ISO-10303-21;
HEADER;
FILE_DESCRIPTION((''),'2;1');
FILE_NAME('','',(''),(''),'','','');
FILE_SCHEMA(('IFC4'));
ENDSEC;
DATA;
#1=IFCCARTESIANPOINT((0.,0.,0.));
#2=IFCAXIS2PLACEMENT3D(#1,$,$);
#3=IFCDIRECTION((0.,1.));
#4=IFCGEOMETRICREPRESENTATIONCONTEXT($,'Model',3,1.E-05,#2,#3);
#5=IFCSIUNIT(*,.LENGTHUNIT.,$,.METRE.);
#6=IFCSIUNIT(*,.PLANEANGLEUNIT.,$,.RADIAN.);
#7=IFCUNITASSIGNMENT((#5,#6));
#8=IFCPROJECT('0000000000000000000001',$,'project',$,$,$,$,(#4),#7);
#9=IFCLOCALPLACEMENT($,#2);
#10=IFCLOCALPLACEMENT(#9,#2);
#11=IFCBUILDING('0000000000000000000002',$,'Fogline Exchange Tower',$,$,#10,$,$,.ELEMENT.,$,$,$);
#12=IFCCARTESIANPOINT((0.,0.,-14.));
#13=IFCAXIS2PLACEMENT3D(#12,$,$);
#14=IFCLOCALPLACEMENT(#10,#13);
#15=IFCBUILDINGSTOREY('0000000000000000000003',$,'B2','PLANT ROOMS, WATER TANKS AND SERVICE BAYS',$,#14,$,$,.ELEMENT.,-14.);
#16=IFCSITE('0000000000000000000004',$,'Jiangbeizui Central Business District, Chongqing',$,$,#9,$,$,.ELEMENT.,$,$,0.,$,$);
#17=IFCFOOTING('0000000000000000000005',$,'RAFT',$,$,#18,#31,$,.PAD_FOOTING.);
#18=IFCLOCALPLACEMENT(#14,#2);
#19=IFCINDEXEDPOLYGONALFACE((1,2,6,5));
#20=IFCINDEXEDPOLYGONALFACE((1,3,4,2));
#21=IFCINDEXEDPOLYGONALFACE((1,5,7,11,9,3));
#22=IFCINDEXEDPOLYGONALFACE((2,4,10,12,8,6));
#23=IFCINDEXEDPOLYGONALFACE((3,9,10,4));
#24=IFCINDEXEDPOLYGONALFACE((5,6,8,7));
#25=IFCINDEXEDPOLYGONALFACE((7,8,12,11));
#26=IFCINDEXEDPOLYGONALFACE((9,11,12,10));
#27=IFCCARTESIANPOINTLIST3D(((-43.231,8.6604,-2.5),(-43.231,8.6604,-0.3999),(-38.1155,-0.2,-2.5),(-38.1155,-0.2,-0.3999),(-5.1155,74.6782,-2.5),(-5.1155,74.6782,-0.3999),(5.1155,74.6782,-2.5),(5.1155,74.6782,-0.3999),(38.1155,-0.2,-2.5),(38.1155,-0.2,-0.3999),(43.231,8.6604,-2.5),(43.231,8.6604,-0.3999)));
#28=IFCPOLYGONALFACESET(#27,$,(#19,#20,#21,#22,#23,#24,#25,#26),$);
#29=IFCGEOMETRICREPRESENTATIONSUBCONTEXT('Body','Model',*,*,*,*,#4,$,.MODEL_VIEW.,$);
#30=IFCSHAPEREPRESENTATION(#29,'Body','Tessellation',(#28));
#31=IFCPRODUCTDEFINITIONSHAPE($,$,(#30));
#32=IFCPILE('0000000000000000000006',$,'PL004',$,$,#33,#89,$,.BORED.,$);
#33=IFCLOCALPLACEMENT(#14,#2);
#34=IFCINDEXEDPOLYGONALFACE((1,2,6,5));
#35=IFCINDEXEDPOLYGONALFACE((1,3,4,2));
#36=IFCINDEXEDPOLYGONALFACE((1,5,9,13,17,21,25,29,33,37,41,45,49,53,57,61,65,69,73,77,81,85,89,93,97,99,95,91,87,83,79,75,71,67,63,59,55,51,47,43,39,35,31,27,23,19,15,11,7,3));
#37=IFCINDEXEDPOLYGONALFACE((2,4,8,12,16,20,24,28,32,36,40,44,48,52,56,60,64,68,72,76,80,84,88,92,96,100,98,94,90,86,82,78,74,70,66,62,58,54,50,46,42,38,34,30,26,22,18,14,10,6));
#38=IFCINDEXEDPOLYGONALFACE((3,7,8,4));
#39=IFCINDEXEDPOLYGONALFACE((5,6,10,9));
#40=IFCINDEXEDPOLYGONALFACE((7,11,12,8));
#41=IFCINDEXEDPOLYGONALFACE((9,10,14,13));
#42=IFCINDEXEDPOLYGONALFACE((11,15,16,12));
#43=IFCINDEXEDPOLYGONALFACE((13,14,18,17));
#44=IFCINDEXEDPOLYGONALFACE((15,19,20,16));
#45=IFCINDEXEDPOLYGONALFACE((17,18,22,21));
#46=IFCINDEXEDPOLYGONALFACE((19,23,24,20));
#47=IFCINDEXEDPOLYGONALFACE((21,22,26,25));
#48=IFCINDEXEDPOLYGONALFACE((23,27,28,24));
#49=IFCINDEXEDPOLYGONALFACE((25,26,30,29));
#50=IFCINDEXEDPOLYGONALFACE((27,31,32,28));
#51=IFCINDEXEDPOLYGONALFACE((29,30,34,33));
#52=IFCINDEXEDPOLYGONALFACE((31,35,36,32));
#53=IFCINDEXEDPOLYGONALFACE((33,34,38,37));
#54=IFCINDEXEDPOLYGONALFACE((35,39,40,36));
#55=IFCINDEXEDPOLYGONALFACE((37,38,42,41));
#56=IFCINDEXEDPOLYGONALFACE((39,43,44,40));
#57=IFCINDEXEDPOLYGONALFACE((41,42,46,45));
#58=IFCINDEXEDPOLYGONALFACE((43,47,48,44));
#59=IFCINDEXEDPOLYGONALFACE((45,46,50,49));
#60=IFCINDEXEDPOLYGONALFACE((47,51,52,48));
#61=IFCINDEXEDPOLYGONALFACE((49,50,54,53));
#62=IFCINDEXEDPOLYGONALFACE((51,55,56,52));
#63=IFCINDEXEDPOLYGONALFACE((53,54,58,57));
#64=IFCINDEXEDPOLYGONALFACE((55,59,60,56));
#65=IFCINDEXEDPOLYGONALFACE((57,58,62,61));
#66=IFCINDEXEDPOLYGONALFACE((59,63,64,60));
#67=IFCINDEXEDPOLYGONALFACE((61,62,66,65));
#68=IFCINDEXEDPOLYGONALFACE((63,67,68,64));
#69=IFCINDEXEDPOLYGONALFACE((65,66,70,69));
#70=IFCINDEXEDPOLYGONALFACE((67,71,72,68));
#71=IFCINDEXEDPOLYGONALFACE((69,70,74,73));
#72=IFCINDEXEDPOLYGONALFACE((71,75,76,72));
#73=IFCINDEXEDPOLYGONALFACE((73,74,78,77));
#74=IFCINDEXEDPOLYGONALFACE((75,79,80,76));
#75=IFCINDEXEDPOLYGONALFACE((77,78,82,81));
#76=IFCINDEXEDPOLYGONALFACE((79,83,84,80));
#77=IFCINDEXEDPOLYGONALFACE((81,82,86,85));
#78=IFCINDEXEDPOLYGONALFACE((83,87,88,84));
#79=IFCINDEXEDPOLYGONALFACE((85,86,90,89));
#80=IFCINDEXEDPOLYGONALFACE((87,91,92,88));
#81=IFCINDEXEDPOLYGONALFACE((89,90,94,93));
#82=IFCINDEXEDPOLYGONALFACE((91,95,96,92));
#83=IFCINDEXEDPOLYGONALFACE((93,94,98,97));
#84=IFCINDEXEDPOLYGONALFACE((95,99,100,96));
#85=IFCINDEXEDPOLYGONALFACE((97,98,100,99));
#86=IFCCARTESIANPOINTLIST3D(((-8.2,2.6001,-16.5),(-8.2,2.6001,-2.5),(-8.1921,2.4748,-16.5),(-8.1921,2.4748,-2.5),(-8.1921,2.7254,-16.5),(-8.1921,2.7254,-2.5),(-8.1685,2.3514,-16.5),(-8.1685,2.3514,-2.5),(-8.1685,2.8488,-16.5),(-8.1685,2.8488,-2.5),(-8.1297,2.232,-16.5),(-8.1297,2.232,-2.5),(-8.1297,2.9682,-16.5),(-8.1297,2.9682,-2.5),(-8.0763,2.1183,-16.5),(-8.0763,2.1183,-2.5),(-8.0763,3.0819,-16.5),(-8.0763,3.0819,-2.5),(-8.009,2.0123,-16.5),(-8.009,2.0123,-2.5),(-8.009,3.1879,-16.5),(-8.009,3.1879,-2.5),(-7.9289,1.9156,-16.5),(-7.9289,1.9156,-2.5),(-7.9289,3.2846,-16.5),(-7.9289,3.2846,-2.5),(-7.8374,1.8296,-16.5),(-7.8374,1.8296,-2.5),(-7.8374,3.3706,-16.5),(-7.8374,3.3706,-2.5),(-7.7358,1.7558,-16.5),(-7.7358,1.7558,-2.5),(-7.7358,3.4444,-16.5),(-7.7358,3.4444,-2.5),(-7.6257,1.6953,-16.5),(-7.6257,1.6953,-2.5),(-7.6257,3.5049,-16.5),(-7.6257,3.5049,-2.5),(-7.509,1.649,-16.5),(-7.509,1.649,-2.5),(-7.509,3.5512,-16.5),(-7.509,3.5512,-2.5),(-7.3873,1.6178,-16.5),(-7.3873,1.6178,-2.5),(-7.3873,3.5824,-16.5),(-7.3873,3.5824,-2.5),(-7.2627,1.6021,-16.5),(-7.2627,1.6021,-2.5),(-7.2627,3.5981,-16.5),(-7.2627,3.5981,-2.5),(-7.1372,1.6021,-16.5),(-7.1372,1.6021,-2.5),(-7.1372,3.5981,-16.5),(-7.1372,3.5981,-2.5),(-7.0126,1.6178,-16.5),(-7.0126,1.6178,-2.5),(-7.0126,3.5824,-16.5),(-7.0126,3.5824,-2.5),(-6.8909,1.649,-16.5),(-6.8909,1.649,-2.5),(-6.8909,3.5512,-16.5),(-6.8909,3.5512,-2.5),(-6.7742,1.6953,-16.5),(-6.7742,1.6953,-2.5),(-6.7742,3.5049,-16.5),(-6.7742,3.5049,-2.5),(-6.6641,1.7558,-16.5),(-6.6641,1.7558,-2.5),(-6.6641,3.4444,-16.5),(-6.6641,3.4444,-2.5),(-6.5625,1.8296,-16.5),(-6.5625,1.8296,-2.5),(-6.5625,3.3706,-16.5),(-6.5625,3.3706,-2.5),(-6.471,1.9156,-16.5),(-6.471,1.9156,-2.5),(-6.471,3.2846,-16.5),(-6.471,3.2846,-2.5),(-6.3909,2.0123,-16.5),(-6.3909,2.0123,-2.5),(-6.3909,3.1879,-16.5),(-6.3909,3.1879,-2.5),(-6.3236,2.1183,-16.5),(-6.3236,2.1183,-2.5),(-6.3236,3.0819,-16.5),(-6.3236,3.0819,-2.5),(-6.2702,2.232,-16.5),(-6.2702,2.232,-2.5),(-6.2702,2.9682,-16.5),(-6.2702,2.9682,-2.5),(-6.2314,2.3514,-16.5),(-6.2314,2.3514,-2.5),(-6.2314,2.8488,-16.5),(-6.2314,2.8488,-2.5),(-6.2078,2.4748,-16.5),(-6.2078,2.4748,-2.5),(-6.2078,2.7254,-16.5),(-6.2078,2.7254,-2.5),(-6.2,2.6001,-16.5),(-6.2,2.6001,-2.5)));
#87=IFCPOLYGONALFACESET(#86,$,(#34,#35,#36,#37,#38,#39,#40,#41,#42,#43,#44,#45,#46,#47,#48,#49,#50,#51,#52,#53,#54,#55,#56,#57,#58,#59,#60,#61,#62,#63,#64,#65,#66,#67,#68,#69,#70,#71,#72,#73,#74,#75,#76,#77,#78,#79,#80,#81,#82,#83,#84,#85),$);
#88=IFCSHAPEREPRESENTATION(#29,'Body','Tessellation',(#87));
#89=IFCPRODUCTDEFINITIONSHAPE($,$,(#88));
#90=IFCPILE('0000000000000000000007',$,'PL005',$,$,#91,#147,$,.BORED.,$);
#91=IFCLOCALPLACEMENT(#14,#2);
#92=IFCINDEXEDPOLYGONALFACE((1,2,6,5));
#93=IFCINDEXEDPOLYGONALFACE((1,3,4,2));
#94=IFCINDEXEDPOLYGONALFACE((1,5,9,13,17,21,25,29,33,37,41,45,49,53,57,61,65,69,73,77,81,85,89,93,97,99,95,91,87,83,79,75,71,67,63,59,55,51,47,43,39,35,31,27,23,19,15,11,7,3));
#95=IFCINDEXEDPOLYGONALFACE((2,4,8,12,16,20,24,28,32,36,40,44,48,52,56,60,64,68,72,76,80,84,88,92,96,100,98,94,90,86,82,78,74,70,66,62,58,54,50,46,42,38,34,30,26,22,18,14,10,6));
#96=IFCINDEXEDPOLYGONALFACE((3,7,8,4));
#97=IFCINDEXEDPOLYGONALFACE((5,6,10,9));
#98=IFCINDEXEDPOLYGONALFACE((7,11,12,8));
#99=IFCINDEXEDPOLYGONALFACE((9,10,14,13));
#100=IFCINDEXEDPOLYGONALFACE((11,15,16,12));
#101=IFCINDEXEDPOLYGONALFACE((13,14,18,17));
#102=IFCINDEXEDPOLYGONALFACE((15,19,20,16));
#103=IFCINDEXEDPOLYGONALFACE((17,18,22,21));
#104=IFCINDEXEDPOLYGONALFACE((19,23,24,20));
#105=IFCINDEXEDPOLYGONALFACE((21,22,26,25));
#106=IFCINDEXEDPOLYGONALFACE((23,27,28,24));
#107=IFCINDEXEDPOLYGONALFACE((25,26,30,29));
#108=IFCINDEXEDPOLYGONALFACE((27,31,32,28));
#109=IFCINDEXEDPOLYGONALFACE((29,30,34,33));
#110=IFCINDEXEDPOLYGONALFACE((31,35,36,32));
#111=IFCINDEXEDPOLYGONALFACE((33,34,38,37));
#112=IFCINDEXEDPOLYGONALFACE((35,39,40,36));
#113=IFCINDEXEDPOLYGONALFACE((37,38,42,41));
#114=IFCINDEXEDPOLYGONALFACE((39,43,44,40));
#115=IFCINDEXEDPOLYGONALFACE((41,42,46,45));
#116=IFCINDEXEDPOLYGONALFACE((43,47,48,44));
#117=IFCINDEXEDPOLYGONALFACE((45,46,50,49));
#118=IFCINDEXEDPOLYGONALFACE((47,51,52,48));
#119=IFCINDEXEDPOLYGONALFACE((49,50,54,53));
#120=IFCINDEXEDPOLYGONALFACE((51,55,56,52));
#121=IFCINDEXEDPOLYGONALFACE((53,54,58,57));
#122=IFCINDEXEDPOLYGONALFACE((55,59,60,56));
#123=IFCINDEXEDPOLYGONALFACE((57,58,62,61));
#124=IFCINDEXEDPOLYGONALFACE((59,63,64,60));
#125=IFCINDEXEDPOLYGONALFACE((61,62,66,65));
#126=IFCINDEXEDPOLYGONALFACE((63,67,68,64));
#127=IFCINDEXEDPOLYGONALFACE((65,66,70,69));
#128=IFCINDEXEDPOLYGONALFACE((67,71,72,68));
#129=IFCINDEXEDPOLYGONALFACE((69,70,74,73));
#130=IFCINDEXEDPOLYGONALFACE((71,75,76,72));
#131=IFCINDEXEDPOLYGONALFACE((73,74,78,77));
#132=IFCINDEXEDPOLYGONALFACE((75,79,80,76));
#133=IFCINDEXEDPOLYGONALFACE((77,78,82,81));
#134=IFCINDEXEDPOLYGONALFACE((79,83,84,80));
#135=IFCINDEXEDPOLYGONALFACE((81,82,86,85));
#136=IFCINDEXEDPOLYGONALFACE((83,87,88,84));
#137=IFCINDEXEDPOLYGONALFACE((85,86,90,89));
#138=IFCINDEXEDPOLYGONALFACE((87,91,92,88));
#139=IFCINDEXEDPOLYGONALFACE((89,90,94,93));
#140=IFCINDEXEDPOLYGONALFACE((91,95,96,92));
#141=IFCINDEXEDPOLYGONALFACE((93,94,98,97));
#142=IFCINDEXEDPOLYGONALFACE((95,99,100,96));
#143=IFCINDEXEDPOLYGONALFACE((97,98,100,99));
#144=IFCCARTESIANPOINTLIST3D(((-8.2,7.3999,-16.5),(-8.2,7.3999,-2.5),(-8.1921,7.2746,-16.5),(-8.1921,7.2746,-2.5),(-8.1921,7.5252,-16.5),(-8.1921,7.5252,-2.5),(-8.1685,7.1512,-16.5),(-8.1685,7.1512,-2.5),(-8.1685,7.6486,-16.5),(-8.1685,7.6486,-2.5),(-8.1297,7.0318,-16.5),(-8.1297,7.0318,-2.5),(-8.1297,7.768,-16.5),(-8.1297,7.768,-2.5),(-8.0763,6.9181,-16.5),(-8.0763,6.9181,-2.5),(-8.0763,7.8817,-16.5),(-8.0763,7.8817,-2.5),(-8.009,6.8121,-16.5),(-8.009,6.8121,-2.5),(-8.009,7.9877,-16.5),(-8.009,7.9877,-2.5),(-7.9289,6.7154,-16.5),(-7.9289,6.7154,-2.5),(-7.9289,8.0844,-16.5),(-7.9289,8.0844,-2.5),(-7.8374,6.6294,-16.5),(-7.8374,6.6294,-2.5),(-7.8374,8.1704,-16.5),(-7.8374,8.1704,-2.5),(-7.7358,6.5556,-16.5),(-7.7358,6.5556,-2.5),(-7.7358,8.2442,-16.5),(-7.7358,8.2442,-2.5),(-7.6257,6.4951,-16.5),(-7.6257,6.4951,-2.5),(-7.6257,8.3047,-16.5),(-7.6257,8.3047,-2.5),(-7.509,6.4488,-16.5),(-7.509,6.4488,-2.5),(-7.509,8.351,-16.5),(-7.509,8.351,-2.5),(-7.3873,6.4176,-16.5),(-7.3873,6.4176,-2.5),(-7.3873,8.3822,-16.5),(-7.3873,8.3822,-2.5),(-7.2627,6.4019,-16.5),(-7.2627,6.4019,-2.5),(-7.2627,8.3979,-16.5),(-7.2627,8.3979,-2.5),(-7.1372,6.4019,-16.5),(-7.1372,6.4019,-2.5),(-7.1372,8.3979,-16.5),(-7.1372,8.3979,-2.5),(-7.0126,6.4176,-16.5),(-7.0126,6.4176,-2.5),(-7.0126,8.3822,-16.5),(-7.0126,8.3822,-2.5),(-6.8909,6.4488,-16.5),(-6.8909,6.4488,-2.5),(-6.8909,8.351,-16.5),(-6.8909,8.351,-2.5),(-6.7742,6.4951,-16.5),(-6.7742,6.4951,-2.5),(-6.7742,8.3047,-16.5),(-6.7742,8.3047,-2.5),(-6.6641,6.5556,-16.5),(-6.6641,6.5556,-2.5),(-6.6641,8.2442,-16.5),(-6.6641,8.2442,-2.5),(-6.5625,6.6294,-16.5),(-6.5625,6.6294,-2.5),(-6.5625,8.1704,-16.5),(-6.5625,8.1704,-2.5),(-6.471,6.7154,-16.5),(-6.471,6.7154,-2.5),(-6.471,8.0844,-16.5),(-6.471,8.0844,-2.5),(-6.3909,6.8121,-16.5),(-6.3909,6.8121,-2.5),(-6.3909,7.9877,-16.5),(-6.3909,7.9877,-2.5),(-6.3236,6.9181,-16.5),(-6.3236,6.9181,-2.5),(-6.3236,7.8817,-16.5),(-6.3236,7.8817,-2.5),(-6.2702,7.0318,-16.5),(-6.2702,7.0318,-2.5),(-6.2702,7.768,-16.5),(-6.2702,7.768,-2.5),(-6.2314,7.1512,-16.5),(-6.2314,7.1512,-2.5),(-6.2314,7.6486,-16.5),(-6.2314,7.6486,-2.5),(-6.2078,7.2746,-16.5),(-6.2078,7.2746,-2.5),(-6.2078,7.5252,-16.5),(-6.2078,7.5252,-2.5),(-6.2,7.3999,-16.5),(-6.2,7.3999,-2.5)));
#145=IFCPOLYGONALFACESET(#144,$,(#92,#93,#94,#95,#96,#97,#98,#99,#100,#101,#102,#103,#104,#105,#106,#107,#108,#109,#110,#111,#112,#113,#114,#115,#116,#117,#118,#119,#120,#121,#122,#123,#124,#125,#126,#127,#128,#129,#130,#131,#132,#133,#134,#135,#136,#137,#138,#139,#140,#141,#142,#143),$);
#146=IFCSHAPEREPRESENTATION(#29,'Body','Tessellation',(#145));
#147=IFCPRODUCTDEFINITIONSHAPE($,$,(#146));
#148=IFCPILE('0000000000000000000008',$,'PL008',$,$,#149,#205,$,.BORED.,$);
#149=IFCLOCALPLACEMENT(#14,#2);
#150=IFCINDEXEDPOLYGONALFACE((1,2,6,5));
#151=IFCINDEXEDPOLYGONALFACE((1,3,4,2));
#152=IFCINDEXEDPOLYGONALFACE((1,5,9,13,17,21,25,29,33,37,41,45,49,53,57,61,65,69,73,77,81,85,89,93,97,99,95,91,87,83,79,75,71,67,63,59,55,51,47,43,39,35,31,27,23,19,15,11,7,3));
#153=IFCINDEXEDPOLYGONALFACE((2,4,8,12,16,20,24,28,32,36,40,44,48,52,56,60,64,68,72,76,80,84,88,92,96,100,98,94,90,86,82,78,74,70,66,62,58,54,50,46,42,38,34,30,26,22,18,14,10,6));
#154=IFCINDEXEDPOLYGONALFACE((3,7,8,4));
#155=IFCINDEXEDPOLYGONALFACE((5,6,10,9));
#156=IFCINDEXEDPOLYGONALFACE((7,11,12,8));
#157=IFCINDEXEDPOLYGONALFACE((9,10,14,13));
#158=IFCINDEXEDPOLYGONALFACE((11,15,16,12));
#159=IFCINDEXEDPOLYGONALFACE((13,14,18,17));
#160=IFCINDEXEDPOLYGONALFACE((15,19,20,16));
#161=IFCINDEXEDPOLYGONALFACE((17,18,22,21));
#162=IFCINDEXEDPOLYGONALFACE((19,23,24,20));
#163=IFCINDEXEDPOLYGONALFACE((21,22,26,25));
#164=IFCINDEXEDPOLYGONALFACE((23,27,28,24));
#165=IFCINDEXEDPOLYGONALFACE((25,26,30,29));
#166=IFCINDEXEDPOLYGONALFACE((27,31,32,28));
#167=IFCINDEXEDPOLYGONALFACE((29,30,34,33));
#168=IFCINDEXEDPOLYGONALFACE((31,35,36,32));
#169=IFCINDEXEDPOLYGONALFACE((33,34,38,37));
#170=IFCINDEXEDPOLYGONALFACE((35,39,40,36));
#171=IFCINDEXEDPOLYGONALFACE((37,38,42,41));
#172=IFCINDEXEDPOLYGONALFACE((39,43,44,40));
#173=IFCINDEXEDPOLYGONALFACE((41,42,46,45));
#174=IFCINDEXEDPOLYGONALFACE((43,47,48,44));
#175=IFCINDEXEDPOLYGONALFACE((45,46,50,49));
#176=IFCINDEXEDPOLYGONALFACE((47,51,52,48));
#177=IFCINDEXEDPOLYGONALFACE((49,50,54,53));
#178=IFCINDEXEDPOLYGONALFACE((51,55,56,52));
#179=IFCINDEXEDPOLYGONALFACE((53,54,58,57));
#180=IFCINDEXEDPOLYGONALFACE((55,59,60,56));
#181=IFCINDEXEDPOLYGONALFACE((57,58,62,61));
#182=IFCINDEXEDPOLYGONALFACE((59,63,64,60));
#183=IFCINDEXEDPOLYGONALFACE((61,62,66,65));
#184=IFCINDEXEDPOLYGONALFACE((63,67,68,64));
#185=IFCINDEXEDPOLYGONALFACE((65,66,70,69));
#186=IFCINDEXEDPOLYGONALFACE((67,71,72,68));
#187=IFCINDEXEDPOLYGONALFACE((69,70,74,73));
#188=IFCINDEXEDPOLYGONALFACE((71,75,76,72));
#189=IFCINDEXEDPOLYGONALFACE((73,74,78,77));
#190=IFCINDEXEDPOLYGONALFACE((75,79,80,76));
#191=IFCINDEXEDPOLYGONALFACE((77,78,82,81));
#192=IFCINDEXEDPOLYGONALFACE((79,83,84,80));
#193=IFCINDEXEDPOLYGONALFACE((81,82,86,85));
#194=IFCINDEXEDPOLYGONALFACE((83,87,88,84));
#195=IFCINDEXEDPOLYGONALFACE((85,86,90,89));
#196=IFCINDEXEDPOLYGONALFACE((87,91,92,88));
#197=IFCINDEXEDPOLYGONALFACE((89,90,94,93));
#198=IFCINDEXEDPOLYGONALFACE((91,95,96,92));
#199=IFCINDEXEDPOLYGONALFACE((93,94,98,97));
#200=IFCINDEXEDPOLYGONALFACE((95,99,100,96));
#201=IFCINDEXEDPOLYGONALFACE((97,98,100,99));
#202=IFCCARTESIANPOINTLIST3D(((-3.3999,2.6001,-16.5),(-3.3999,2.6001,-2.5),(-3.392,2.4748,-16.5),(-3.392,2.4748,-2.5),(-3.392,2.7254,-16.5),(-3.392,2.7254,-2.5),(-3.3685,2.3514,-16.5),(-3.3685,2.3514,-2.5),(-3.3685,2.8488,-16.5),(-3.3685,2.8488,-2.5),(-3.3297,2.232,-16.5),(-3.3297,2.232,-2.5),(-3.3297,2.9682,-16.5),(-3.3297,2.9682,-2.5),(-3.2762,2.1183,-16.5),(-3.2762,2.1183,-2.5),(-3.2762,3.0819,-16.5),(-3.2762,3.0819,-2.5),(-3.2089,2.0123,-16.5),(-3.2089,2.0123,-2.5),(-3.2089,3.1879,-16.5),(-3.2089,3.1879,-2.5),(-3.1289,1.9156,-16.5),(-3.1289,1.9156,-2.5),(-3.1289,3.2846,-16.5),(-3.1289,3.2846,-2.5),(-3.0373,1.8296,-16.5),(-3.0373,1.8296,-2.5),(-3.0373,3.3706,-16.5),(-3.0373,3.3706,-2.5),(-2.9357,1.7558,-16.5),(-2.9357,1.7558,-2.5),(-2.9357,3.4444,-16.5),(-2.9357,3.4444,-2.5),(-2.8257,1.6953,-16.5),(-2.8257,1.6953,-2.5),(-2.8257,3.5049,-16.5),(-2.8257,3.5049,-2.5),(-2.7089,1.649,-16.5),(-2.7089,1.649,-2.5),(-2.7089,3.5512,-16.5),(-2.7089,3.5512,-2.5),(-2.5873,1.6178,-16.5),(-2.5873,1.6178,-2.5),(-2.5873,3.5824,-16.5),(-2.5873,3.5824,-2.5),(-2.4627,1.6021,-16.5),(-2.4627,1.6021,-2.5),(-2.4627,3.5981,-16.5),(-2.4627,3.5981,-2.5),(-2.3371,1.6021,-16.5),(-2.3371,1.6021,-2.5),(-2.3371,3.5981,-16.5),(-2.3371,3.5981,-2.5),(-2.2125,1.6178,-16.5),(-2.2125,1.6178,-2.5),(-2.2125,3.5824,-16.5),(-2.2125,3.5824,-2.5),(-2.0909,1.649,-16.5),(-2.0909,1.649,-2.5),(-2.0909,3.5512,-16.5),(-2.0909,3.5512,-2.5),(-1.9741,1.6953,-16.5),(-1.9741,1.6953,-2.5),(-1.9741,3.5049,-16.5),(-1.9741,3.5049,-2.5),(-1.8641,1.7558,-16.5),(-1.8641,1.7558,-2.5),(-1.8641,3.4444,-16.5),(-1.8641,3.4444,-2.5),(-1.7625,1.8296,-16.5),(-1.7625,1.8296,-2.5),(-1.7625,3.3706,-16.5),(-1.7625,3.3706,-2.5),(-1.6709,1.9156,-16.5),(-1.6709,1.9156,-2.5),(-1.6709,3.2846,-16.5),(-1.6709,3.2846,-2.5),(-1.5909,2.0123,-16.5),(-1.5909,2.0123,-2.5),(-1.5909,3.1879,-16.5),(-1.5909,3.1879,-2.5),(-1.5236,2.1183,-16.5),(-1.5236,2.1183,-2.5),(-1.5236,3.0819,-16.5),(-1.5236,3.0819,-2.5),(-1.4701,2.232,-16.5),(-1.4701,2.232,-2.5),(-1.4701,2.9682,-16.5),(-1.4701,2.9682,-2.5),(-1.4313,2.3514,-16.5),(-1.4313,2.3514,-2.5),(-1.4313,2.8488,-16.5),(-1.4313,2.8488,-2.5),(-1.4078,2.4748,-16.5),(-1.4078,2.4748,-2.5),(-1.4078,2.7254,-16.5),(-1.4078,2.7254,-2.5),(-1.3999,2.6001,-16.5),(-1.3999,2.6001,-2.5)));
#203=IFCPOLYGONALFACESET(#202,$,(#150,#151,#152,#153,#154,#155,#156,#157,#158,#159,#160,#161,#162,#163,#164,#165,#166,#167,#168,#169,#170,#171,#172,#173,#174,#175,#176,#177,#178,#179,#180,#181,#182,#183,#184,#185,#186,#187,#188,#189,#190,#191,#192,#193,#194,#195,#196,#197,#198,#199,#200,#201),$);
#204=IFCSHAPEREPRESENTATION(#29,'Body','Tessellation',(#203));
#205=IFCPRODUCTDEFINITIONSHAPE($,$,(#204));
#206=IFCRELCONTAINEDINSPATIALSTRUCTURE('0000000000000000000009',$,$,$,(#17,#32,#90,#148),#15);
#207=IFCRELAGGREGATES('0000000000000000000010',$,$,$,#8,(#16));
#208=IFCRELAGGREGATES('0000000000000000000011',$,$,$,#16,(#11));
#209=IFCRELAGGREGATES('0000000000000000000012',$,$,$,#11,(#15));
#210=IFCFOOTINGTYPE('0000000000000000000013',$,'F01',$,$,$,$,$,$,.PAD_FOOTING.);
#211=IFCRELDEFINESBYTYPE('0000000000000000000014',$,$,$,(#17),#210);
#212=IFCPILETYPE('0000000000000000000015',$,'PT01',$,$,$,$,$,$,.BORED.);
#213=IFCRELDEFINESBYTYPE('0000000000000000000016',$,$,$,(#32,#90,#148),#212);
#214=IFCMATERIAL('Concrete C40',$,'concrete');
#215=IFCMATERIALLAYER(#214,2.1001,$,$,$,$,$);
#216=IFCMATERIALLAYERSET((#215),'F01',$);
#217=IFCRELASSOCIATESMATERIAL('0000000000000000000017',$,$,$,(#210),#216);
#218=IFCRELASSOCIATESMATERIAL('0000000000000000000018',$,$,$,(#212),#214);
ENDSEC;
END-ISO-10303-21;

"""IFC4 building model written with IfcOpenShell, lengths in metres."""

from ifc_helpers import new_model, si_unit, direction, frame, origin, origin_2d, place, context, subcontext, project, spatial, polyline, circle, outline, extrude, material, layer, layer_set, material_profile, profile_set, type_object, element, save


model = new_model("IFC4")

# Units and contexts
model_context = context("Model", 3, precision=1e-05, world=origin(), true_north=direction((0.0, 1.0)))
body_context = subcontext(model_context, "Body", "Model", "MODEL_VIEW")
ifc_project = project(units=[si_unit("LENGTHUNIT", "METRE"), si_unit("PLANEANGLEUNIT", "RADIAN")], contexts=[model_context])

# Site, building, storey
site_placement = place(None, origin())
site = spatial("IfcSite", under=ifc_project, at=site_placement, Name="Jiangbeizui Central Business District, Chongqing", CompositionType="ELEMENT", RefElevation=0.0)
building_placement = place(site_placement, origin())
building = spatial("IfcBuilding", under=site, at=building_placement, Name="Fogline Exchange Tower", CompositionType="ELEMENT")
storey_placement = place(building_placement, frame((0.0, 0.0, -14.0)))
storey = spatial("IfcBuildingStorey", under=building, at=storey_placement, Name="B2", Description="PLANT ROOMS, WATER TANKS AND SERVICE BAYS", CompositionType="ELEMENT", Elevation=-14.0)

# Footing
ifc_material_1 = material(Name="Concrete C40", Category="concrete")
ifc_layer_1 = layer(ifc_material_1, 2.1001)
ifc_layer_set_1 = layer_set([ifc_layer_1], Name="F01")
footing_type = type_object("IfcFootingType", Name="F01", PredefinedType="PAD_FOOTING", material=ifc_layer_set_1)
footing_placement = place(storey_placement, frame((0.0, 0.0, -2.5)))
element("IfcFooting", 1, at=footing_placement, inside=storey, type_object=footing_type, Name="RAFT", PredefinedType="PAD_FOOTING", context=body_context, shape_type="SweptSolid", body=[
    extrude(outline(polyline([(-43.231, 8.6604), (-38.1155, -0.2), (38.1155, -0.2), (43.231, 8.6604), (5.1155, 74.6782), (-5.1155, 74.6782), (-43.231, 8.6604)])), origin(), (0.0, 0.0, 1.0), 2.1001),
])

# Piles
ifc_material_profile = material_profile(ifc_material_1, circle(Radius=1.0, at=origin_2d()), Name="RC D2000")
ifc_profile_set = profile_set([ifc_material_profile], Name="Concrete C40")
pile_type = type_object("IfcPileType", Name="PT01", PredefinedType="BORED", material=ifc_profile_set)
for number, where, z_axis, x_axis, name in (
    (2, (-7.2, 2.6001, -2.5), (0.0, 0.0, -1.0), (1.0, 0.0, 0.0), "PL004"),
    (3, (-7.2, 7.3999, -2.5), (0.0, 0.0, -1.0), (1.0, 0.0, 0.0), "PL005"),
    (4, (-2.3999, 2.6001, -2.5), (0.0, 0.0, -1.0), (1.0, 0.0, 0.0), "PL008"),
):
    element("IfcPile", number, at=place(storey_placement, frame(where, z_axis=z_axis, x_axis=x_axis)), inside=storey, type_object=pile_type, Name=name, PredefinedType="BORED", context=body_context, shape_type="SweptSolid", body=[
        extrude(circle(Radius=1.0, at=origin_2d()), origin(), (0.0, 0.0, 1.0), 14.0),
    ])

save(model, "model.ifc")
